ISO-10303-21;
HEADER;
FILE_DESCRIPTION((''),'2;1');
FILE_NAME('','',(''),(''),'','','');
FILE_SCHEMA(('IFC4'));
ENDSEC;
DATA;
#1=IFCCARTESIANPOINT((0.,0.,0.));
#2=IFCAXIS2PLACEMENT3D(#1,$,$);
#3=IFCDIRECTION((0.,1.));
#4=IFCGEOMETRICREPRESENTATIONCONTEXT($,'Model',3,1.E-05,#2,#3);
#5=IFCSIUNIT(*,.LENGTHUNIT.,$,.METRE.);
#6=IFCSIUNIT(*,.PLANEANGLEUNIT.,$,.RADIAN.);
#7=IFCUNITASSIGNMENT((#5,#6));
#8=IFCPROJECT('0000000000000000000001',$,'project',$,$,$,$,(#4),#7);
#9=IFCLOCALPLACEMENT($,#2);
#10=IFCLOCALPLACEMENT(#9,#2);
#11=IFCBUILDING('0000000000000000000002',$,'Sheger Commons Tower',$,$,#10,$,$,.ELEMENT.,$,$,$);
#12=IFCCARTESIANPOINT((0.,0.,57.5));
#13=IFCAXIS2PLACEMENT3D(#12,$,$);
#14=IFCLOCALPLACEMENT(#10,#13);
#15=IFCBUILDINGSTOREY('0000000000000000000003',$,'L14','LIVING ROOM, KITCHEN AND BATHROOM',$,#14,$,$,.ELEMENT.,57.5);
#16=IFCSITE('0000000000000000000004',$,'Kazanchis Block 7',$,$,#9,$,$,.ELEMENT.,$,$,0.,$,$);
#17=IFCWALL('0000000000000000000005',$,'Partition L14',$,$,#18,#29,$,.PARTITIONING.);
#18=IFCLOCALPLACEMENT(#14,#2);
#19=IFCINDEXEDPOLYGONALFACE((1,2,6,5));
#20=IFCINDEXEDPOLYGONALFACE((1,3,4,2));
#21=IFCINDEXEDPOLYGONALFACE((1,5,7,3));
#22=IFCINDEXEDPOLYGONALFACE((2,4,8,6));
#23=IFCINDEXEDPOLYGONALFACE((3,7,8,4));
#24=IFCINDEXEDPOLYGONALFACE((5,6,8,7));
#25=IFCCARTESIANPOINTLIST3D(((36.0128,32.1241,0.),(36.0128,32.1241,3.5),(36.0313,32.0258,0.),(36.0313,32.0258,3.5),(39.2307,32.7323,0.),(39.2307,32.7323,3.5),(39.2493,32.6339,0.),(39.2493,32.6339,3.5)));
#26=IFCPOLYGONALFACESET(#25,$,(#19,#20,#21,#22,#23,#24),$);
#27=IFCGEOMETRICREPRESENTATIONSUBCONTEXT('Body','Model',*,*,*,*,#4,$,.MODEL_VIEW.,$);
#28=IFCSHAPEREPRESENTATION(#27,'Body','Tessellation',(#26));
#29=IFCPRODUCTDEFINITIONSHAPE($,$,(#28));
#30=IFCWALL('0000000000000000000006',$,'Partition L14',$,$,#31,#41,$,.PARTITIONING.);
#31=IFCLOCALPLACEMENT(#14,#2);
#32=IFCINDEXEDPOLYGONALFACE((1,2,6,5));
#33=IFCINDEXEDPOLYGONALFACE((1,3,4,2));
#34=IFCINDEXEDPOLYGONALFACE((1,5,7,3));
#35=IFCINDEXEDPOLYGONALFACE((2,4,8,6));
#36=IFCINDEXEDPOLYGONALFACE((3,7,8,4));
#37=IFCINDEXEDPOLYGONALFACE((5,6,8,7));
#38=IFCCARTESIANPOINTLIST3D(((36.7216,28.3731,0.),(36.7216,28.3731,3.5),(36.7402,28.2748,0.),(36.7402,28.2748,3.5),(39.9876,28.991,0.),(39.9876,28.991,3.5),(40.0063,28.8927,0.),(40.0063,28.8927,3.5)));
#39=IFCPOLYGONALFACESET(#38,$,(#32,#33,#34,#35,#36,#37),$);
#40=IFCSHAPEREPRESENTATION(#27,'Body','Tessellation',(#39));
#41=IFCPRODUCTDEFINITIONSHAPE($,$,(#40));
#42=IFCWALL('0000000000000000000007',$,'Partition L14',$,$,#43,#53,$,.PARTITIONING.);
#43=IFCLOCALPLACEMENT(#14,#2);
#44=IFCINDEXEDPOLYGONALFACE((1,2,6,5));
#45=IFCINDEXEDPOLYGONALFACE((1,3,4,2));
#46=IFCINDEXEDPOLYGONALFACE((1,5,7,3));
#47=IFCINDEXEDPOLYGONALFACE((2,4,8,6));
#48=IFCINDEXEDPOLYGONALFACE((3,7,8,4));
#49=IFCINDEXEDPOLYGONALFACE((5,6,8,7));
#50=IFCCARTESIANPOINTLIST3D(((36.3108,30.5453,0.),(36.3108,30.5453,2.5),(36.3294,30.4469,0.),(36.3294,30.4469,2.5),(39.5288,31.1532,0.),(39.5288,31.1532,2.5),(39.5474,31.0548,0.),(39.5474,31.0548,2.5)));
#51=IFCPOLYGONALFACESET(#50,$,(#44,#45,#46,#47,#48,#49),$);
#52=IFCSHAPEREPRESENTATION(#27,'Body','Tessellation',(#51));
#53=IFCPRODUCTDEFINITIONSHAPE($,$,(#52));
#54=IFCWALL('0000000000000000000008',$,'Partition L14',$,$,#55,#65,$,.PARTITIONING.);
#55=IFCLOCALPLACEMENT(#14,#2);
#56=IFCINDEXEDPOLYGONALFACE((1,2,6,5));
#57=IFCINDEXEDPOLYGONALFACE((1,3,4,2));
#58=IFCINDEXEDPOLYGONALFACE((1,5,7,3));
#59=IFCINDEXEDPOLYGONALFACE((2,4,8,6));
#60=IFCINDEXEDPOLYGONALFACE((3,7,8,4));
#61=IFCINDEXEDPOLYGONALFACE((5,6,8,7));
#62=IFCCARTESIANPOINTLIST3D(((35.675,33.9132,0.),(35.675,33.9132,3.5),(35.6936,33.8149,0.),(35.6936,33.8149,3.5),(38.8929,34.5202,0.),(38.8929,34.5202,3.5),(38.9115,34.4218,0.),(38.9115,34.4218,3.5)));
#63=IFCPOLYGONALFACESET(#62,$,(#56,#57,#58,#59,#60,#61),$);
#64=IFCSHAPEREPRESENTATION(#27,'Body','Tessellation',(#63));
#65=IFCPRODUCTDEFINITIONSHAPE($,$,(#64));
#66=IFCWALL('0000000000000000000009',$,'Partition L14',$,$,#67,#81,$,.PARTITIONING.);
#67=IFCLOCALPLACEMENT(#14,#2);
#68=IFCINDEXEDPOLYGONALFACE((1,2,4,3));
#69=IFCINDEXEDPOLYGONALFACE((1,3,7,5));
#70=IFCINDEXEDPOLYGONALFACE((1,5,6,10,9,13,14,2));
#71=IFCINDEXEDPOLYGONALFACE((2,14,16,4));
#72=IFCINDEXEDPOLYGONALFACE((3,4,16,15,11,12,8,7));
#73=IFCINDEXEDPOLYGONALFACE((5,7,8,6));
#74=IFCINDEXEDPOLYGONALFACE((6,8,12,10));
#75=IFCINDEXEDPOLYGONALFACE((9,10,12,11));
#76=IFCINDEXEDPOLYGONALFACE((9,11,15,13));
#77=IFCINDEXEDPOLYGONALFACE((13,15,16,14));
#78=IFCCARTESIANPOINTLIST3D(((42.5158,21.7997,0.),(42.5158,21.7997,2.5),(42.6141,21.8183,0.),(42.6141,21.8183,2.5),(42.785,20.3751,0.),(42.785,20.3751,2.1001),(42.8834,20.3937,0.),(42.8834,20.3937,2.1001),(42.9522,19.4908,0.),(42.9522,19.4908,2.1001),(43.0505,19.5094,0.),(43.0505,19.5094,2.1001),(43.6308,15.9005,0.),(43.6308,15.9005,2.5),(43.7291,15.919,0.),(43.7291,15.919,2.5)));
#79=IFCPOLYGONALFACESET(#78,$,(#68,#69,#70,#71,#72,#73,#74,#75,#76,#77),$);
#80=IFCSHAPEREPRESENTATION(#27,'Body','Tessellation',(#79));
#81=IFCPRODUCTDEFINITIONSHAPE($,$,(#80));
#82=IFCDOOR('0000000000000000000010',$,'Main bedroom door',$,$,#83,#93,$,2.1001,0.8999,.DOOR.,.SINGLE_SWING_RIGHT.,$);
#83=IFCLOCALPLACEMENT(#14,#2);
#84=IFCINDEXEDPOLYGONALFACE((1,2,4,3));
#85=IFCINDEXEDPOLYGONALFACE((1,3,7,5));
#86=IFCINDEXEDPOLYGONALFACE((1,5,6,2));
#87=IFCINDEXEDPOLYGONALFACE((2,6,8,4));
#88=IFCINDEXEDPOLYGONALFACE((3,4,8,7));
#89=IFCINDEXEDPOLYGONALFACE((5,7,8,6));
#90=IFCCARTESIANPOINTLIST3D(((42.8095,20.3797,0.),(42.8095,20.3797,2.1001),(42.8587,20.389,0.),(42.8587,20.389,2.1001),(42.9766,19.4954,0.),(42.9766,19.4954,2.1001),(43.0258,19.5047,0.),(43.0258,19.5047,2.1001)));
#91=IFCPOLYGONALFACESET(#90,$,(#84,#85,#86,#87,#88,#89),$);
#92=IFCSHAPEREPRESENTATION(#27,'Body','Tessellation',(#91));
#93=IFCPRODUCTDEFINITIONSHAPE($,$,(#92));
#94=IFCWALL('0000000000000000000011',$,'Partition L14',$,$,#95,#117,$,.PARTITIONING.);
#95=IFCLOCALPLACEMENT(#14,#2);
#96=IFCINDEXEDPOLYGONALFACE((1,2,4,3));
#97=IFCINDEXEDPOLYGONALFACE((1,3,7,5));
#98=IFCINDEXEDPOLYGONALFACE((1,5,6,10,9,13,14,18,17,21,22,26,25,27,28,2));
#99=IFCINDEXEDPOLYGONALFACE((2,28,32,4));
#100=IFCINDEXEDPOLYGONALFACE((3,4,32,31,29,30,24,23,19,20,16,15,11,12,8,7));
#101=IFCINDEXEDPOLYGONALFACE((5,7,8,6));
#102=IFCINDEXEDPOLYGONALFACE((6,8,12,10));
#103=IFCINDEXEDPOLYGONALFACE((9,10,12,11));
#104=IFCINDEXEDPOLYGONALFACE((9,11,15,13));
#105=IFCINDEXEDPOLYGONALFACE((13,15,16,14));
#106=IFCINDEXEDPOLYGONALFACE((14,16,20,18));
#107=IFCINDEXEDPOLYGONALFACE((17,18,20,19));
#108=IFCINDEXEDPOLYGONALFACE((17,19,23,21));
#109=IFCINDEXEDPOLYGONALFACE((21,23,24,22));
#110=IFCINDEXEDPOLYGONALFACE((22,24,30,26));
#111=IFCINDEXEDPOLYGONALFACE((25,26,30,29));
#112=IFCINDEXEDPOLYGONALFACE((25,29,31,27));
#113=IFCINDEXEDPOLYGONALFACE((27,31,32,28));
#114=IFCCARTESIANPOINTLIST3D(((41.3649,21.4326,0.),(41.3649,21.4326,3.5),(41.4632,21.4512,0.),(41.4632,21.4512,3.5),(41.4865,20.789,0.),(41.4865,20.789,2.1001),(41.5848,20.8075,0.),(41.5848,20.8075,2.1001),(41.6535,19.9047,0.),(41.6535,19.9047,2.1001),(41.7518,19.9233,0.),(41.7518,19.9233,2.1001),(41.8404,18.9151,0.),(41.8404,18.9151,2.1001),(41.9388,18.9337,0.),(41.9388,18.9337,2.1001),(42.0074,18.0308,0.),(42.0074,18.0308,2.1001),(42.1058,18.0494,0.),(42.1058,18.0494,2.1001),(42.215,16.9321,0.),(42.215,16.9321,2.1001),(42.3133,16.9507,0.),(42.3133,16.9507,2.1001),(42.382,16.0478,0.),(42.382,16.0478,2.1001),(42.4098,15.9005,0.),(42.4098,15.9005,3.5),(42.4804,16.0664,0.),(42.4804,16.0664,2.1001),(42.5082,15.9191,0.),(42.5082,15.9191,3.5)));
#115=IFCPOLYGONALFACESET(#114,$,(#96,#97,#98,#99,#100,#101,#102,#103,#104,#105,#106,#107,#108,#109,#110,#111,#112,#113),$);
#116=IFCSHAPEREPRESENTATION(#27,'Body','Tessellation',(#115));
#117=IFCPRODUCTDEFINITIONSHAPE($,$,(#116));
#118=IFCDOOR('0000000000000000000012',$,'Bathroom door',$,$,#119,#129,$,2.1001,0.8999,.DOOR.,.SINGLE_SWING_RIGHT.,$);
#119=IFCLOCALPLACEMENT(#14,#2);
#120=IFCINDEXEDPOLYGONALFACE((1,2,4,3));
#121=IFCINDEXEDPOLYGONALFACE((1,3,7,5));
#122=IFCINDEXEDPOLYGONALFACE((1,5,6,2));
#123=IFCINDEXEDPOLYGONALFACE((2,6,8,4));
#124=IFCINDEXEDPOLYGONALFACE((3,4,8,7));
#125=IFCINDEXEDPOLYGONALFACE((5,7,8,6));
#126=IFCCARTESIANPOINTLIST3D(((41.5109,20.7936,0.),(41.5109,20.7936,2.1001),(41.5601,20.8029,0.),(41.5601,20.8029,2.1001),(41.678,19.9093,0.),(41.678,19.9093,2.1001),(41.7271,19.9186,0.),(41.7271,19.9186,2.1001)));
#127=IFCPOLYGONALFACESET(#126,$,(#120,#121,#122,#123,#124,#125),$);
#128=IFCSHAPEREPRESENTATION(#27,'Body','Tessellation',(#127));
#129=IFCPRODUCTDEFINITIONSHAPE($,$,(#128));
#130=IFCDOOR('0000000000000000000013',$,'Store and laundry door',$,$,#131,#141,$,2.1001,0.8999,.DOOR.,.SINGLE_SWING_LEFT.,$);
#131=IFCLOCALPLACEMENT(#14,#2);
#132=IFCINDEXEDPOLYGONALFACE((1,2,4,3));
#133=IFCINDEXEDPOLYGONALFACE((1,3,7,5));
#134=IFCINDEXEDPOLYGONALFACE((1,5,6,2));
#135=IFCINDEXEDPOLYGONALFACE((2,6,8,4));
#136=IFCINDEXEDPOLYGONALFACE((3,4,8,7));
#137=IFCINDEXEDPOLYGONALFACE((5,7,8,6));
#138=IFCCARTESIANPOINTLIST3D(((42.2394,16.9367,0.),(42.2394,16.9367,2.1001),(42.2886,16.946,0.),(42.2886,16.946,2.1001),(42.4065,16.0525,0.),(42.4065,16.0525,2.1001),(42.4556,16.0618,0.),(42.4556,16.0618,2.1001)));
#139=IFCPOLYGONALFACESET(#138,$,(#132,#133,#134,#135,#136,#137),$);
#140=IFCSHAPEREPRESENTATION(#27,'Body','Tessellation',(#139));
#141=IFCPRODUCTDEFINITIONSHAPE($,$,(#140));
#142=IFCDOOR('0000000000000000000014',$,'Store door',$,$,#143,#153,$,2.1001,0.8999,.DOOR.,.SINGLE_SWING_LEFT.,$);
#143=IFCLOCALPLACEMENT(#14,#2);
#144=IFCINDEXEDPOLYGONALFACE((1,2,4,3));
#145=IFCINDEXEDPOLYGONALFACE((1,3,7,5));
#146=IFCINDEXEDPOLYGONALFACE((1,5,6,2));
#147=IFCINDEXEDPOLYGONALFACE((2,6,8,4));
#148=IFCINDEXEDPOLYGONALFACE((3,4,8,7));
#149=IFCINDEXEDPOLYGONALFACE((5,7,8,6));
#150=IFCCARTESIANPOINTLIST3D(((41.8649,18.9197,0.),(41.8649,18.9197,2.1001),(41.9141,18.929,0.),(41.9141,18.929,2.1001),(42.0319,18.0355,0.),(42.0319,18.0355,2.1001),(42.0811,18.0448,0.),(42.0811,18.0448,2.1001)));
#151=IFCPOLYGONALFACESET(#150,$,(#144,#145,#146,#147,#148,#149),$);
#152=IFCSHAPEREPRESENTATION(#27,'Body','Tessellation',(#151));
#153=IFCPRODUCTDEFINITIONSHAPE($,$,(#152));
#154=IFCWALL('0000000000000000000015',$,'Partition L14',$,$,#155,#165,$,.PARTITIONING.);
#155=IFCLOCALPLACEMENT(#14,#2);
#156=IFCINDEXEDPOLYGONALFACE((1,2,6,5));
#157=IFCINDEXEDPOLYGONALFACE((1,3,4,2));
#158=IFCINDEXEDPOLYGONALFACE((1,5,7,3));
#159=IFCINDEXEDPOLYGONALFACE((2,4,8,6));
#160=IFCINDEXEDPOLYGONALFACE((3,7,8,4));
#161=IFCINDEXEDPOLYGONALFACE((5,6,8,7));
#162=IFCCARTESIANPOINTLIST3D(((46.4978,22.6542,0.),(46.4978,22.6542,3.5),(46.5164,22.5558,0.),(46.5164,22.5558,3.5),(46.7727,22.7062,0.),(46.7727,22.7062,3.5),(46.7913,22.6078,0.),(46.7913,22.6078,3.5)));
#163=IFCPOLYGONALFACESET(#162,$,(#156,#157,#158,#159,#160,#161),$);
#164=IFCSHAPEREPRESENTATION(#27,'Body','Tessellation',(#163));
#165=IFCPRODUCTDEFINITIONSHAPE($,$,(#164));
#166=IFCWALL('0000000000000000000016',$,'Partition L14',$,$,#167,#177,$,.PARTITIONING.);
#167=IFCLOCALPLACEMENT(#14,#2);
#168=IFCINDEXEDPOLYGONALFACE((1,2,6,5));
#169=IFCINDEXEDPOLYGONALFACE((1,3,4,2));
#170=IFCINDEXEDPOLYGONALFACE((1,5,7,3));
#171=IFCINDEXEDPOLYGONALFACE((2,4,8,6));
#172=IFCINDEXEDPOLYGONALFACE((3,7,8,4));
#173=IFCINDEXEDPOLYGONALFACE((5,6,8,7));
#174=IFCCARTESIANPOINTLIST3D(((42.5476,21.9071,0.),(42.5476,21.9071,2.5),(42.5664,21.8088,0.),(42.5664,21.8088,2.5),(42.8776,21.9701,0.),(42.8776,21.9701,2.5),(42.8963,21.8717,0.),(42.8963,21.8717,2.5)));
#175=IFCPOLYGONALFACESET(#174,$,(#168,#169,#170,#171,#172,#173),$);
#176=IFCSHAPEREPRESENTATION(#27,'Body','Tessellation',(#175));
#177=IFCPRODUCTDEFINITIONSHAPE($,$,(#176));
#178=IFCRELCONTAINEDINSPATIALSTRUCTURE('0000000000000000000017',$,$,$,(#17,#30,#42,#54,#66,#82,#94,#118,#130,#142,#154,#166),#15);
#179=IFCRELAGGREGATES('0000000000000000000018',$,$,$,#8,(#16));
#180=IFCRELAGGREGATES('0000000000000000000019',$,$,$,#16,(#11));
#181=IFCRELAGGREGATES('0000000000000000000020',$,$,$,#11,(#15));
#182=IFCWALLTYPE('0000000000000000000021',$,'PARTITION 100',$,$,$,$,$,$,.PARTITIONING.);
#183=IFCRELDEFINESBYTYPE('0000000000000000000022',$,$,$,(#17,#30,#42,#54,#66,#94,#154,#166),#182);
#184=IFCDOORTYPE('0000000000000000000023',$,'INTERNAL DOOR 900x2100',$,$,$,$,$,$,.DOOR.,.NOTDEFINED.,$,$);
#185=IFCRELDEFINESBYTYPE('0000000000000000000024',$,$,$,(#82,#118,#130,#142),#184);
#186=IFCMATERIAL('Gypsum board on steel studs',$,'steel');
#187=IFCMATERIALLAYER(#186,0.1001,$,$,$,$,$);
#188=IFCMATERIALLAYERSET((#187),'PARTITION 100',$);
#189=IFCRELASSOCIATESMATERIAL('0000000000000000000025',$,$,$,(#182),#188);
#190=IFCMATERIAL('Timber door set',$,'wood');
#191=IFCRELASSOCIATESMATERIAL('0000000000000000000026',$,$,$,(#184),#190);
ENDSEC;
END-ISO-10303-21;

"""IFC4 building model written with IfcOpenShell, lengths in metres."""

from ifc_helpers import new_model, si_unit, direction, frame, frame_2d, origin, place, context, subcontext, project, spatial, rectangle, extrude, material, layer, layer_set, type_object, element, fill, save


model = new_model("IFC4")

# Units and contexts
model_context = context("Model", 3, precision=1e-05, world=origin(), true_north=direction((0.0, 1.0)))
body_context = subcontext(model_context, "Body", "Model", "MODEL_VIEW")
ifc_project = project(units=[si_unit("LENGTHUNIT", "METRE"), si_unit("PLANEANGLEUNIT", "RADIAN")], contexts=[model_context])

# Site, building, storey
site_placement = place(None, origin())
site = spatial("IfcSite", under=ifc_project, at=site_placement, Name="Kazanchis Block 7", CompositionType="ELEMENT", RefElevation=0.0)
building_placement = place(site_placement, origin())
building = spatial("IfcBuilding", under=site, at=building_placement, Name="Sheger Commons Tower", CompositionType="ELEMENT")
storey_placement = place(building_placement, frame((0.0, 0.0, 57.5)))
storey = spatial("IfcBuildingStorey", under=building, at=storey_placement, Name="L14", Description="LIVING ROOM, KITCHEN AND BATHROOM", CompositionType="ELEMENT", Elevation=57.5)

# Walls
ifc_material_1 = material(Name="Gypsum board on steel studs", Category="steel")
ifc_layer_1 = layer(ifc_material_1, 0.1001)
ifc_layer_set_1 = layer_set([ifc_layer_1], Name="PARTITION 100")
wall_type_1 = type_object("IfcWallType", Name="PARTITION 100", PredefinedType="PARTITIONING", material=ifc_layer_set_1)
wall_1_placement = place(storey_placement, frame((39.24, 32.6831, 0.0), z_axis=(0.0, 0.0, 1.0), x_axis=(-0.982607, -0.185697, 0.0)))
element("IfcWall", 1, at=wall_1_placement, inside=storey, type_object=wall_type_1, Name="Partition L14", PredefinedType="PARTITIONING", context=body_context, shape_type="SweptSolid", body=[
    extrude(rectangle(XDim=3.2749, YDim=0.1001, at=frame_2d((1.6375, 0.0))), origin(), (0.0, 0.0, 1.0), 3.5),
])
wall_2_placement = place(storey_placement, frame((39.9971, 28.9419, 0.0), z_axis=(0.0, 0.0, 1.0), x_axis=(-0.98257, -0.185894, 0.0)))
element("IfcWall", 2, at=wall_2_placement, inside=storey, type_object=wall_type_1, Name="Partition L14", PredefinedType="PARTITIONING", context=body_context, shape_type="SweptSolid", body=[
    extrude(rectangle(XDim=3.324, YDim=0.1001, at=frame_2d((1.6621, 0.0))), origin(), (0.0, 0.0, 1.0), 3.5),
])
wall_3_placement = place(storey_placement, frame((39.5381, 31.104, 0.0), z_axis=(0.0, 0.0, 1.0), x_axis=(-0.982621, -0.185625, 0.0)))
element("IfcWall", 3, at=wall_3_placement, inside=storey, type_object=wall_type_1, Name="Partition L14", PredefinedType="PARTITIONING", context=body_context, shape_type="SweptSolid", body=[
    extrude(rectangle(XDim=3.2749, YDim=0.1001, at=frame_2d((1.6375, 0.0))), origin(), (0.0, 0.0, 1.0), 2.5),
])
wall_4_placement = place(storey_placement, frame((38.9021, 34.4709, 0.0), z_axis=(0.0, 0.0, 1.0), x_axis=(-0.982675, -0.185337, 0.0)))
element("IfcWall", 4, at=wall_4_placement, inside=storey, type_object=wall_type_1, Name="Partition L14", PredefinedType="PARTITIONING", context=body_context, shape_type="SweptSolid", body=[
    extrude(rectangle(XDim=3.2747, YDim=0.1001, at=frame_2d((1.6372, 0.0))), origin(), (0.0, 0.0, 1.0), 3.5),
])

# Wall, opening, door
wall_5_placement = place(storey_placement, frame((42.5649, 21.8091, 0.0), z_axis=(0.0, 0.0, 1.0), x_axis=(0.18572, -0.982603, 0.0)))
wall_5 = element("IfcWall", 5, at=wall_5_placement, inside=storey, type_object=wall_type_1, Name="Partition L14", PredefinedType="PARTITIONING", context=body_context, shape_type="SweptSolid", body=[
    extrude(rectangle(XDim=6.0037, YDim=0.1001, at=frame_2d((3.002, 0.0))), origin(), (0.0, 0.0, 1.0), 2.5),
])
opening_1_placement = place(wall_5_placement, frame((1.45, 0.0, 0.0)))
opening_1 = element("IfcOpeningElement", 6, at=opening_1_placement, cuts=wall_5, PredefinedType="OPENING", context=body_context, shape_type="SweptSolid", body=[
    extrude(rectangle(XDim=0.8999, YDim=2.1001, at=frame_2d((0.45, 1.05))), frame((0.0, 0.0601, 0.0), z_axis=(0.0, -1.0, 0.0), x_axis=(1.0, 0.0, 0.0)), (0.0, 0.0, 1.0), 0.1201),
])
ifc_material_2 = material(Name="Timber door set", Category="wood")
door_type = type_object("IfcDoorType", Name="INTERNAL DOOR 900x2100", OperationType="NOTDEFINED", PredefinedType="DOOR", material=ifc_material_2)
door_1_placement = place(opening_1_placement, origin())
door_1 = element("IfcDoor", 7, at=door_1_placement, inside=storey, type_object=door_type, Name="Main bedroom door", OperationType="SINGLE_SWING_RIGHT", OverallHeight=2.1001, OverallWidth=0.8999, PredefinedType="DOOR", context=body_context, shape_type="SweptSolid", body=[
    extrude(rectangle(XDim=0.8999, YDim=2.1001, at=frame_2d((0.45, 1.05))), frame((0.0, 0.0249, 0.0), z_axis=(0.0, -1.0, 0.0), x_axis=(1.0, 0.0, 0.0)), (0.0, 0.0, 1.0), 0.05),
])
fill(opening_1, door_1)

# Wall, openings, doors
wall_6_placement = place(storey_placement, frame((41.4141, 21.4419, 0.0), z_axis=(0.0, 0.0, 1.0), x_axis=(0.185605, -0.982624, 0.0)))
wall_6 = element("IfcWall", 8, at=wall_6_placement, inside=storey, type_object=wall_type_1, Name="Partition L14", PredefinedType="PARTITIONING", context=body_context, shape_type="SweptSolid", body=[
    extrude(rectangle(XDim=5.6299, YDim=0.1001, at=frame_2d((2.8149, 0.0))), origin(), (0.0, 0.0, 1.0), 3.5),
])
opening_2_placement = place(wall_6_placement, frame((0.655, 0.0, 0.0)))
opening_2 = element("IfcOpeningElement", 9, at=opening_2_placement, cuts=wall_6, PredefinedType="OPENING", context=body_context, shape_type="SweptSolid", body=[
    extrude(rectangle(XDim=0.8999, YDim=2.1001, at=frame_2d((0.45, 1.05))), frame((0.0, 0.0601, 0.0), z_axis=(0.0, -1.0, 0.0), x_axis=(1.0, 0.0, 0.0)), (0.0, 0.0, 1.0), 0.1201),
])
opening_3_placement = place(wall_6_placement, frame((4.5801, 0.0, 0.0)))
opening_3 = element("IfcOpeningElement", 10, at=opening_3_placement, cuts=wall_6, PredefinedType="OPENING", context=body_context, shape_type="SweptSolid", body=[
    extrude(rectangle(XDim=0.8999, YDim=2.1001, at=frame_2d((0.45, 1.05))), frame((0.0, 0.0601, 0.0), z_axis=(0.0, -1.0, 0.0), x_axis=(1.0, 0.0, 0.0)), (0.0, 0.0, 1.0), 0.1201),
])
opening_4_placement = place(wall_6_placement, frame((2.562, 0.0, 0.0)))
opening_4 = element("IfcOpeningElement", 11, at=opening_4_placement, cuts=wall_6, PredefinedType="OPENING", context=body_context, shape_type="SweptSolid", body=[
    extrude(rectangle(XDim=0.8999, YDim=2.1001, at=frame_2d((0.45, 1.05))), frame((0.0, 0.0601, 0.0), z_axis=(0.0, -1.0, 0.0), x_axis=(1.0, 0.0, 0.0)), (0.0, 0.0, 1.0), 0.1201),
])
door_2_placement = place(opening_2_placement, origin())
door_2 = element("IfcDoor", 12, at=door_2_placement, inside=storey, type_object=door_type, Name="Bathroom door", OperationType="SINGLE_SWING_RIGHT", OverallHeight=2.1001, OverallWidth=0.8999, PredefinedType="DOOR", context=body_context, shape_type="SweptSolid", body=[
    extrude(rectangle(XDim=0.8999, YDim=2.1001, at=frame_2d((0.45, 1.05))), frame((0.0, 0.0249, 0.0), z_axis=(0.0, -1.0, 0.0), x_axis=(1.0, 0.0, 0.0)), (0.0, 0.0, 1.0), 0.05),
])
fill(opening_2, door_2)
door_3_placement = place(opening_3_placement, origin())
door_3 = element("IfcDoor", 13, at=door_3_placement, inside=storey, type_object=door_type, Name="Store and laundry door", OperationType="SINGLE_SWING_LEFT", OverallHeight=2.1001, OverallWidth=0.8999, PredefinedType="DOOR", context=body_context, shape_type="SweptSolid", body=[
    extrude(rectangle(XDim=0.8999, YDim=2.1001, at=frame_2d((0.45, 1.05))), frame((0.0, 0.0249, 0.0), z_axis=(0.0, -1.0, 0.0), x_axis=(1.0, 0.0, 0.0)), (0.0, 0.0, 1.0), 0.05),
])
fill(opening_3, door_3)
door_4_placement = place(opening_4_placement, origin())
door_4 = element("IfcDoor", 14, at=door_4_placement, inside=storey, type_object=door_type, Name="Store door", OperationType="SINGLE_SWING_LEFT", OverallHeight=2.1001, OverallWidth=0.8999, PredefinedType="DOOR", context=body_context, shape_type="SweptSolid", body=[
    extrude(rectangle(XDim=0.8999, YDim=2.1001, at=frame_2d((0.45, 1.05))), frame((0.0, 0.0249, 0.0), z_axis=(0.0, -1.0, 0.0), x_axis=(1.0, 0.0, 0.0)), (0.0, 0.0, 1.0), 0.05),
])
fill(opening_4, door_4)

# Walls
wall_7_placement = place(storey_placement, frame((46.782, 22.657, 0.0), z_axis=(0.0, 0.0, 1.0), x_axis=(-0.982575, -0.185869, 0.0)))
element("IfcWall", 15, at=wall_7_placement, inside=storey, type_object=wall_type_1, Name="Partition L14", PredefinedType="PARTITIONING", context=body_context, shape_type="SweptSolid", body=[
    extrude(rectangle(XDim=0.2798, YDim=0.1001, at=frame_2d((0.1399, 0.0))), origin(), (0.0, 0.0, 1.0), 3.5),
])
wall_8_placement = place(storey_placement, frame((42.887, 21.9209, 0.0), z_axis=(0.0, 0.0, 1.0), x_axis=(-0.982275, -0.187446, 0.0)))
element("IfcWall", 16, at=wall_8_placement, inside=storey, type_object=wall_type_1, Name="Partition L14", PredefinedType="PARTITIONING", context=body_context, shape_type="SweptSolid", body=[
    extrude(rectangle(XDim=0.3359, YDim=0.1001, at=frame_2d((0.168, 0.0))), origin(), (0.0, 0.0, 1.0), 2.5),
])

save(model, "model.ifc")
